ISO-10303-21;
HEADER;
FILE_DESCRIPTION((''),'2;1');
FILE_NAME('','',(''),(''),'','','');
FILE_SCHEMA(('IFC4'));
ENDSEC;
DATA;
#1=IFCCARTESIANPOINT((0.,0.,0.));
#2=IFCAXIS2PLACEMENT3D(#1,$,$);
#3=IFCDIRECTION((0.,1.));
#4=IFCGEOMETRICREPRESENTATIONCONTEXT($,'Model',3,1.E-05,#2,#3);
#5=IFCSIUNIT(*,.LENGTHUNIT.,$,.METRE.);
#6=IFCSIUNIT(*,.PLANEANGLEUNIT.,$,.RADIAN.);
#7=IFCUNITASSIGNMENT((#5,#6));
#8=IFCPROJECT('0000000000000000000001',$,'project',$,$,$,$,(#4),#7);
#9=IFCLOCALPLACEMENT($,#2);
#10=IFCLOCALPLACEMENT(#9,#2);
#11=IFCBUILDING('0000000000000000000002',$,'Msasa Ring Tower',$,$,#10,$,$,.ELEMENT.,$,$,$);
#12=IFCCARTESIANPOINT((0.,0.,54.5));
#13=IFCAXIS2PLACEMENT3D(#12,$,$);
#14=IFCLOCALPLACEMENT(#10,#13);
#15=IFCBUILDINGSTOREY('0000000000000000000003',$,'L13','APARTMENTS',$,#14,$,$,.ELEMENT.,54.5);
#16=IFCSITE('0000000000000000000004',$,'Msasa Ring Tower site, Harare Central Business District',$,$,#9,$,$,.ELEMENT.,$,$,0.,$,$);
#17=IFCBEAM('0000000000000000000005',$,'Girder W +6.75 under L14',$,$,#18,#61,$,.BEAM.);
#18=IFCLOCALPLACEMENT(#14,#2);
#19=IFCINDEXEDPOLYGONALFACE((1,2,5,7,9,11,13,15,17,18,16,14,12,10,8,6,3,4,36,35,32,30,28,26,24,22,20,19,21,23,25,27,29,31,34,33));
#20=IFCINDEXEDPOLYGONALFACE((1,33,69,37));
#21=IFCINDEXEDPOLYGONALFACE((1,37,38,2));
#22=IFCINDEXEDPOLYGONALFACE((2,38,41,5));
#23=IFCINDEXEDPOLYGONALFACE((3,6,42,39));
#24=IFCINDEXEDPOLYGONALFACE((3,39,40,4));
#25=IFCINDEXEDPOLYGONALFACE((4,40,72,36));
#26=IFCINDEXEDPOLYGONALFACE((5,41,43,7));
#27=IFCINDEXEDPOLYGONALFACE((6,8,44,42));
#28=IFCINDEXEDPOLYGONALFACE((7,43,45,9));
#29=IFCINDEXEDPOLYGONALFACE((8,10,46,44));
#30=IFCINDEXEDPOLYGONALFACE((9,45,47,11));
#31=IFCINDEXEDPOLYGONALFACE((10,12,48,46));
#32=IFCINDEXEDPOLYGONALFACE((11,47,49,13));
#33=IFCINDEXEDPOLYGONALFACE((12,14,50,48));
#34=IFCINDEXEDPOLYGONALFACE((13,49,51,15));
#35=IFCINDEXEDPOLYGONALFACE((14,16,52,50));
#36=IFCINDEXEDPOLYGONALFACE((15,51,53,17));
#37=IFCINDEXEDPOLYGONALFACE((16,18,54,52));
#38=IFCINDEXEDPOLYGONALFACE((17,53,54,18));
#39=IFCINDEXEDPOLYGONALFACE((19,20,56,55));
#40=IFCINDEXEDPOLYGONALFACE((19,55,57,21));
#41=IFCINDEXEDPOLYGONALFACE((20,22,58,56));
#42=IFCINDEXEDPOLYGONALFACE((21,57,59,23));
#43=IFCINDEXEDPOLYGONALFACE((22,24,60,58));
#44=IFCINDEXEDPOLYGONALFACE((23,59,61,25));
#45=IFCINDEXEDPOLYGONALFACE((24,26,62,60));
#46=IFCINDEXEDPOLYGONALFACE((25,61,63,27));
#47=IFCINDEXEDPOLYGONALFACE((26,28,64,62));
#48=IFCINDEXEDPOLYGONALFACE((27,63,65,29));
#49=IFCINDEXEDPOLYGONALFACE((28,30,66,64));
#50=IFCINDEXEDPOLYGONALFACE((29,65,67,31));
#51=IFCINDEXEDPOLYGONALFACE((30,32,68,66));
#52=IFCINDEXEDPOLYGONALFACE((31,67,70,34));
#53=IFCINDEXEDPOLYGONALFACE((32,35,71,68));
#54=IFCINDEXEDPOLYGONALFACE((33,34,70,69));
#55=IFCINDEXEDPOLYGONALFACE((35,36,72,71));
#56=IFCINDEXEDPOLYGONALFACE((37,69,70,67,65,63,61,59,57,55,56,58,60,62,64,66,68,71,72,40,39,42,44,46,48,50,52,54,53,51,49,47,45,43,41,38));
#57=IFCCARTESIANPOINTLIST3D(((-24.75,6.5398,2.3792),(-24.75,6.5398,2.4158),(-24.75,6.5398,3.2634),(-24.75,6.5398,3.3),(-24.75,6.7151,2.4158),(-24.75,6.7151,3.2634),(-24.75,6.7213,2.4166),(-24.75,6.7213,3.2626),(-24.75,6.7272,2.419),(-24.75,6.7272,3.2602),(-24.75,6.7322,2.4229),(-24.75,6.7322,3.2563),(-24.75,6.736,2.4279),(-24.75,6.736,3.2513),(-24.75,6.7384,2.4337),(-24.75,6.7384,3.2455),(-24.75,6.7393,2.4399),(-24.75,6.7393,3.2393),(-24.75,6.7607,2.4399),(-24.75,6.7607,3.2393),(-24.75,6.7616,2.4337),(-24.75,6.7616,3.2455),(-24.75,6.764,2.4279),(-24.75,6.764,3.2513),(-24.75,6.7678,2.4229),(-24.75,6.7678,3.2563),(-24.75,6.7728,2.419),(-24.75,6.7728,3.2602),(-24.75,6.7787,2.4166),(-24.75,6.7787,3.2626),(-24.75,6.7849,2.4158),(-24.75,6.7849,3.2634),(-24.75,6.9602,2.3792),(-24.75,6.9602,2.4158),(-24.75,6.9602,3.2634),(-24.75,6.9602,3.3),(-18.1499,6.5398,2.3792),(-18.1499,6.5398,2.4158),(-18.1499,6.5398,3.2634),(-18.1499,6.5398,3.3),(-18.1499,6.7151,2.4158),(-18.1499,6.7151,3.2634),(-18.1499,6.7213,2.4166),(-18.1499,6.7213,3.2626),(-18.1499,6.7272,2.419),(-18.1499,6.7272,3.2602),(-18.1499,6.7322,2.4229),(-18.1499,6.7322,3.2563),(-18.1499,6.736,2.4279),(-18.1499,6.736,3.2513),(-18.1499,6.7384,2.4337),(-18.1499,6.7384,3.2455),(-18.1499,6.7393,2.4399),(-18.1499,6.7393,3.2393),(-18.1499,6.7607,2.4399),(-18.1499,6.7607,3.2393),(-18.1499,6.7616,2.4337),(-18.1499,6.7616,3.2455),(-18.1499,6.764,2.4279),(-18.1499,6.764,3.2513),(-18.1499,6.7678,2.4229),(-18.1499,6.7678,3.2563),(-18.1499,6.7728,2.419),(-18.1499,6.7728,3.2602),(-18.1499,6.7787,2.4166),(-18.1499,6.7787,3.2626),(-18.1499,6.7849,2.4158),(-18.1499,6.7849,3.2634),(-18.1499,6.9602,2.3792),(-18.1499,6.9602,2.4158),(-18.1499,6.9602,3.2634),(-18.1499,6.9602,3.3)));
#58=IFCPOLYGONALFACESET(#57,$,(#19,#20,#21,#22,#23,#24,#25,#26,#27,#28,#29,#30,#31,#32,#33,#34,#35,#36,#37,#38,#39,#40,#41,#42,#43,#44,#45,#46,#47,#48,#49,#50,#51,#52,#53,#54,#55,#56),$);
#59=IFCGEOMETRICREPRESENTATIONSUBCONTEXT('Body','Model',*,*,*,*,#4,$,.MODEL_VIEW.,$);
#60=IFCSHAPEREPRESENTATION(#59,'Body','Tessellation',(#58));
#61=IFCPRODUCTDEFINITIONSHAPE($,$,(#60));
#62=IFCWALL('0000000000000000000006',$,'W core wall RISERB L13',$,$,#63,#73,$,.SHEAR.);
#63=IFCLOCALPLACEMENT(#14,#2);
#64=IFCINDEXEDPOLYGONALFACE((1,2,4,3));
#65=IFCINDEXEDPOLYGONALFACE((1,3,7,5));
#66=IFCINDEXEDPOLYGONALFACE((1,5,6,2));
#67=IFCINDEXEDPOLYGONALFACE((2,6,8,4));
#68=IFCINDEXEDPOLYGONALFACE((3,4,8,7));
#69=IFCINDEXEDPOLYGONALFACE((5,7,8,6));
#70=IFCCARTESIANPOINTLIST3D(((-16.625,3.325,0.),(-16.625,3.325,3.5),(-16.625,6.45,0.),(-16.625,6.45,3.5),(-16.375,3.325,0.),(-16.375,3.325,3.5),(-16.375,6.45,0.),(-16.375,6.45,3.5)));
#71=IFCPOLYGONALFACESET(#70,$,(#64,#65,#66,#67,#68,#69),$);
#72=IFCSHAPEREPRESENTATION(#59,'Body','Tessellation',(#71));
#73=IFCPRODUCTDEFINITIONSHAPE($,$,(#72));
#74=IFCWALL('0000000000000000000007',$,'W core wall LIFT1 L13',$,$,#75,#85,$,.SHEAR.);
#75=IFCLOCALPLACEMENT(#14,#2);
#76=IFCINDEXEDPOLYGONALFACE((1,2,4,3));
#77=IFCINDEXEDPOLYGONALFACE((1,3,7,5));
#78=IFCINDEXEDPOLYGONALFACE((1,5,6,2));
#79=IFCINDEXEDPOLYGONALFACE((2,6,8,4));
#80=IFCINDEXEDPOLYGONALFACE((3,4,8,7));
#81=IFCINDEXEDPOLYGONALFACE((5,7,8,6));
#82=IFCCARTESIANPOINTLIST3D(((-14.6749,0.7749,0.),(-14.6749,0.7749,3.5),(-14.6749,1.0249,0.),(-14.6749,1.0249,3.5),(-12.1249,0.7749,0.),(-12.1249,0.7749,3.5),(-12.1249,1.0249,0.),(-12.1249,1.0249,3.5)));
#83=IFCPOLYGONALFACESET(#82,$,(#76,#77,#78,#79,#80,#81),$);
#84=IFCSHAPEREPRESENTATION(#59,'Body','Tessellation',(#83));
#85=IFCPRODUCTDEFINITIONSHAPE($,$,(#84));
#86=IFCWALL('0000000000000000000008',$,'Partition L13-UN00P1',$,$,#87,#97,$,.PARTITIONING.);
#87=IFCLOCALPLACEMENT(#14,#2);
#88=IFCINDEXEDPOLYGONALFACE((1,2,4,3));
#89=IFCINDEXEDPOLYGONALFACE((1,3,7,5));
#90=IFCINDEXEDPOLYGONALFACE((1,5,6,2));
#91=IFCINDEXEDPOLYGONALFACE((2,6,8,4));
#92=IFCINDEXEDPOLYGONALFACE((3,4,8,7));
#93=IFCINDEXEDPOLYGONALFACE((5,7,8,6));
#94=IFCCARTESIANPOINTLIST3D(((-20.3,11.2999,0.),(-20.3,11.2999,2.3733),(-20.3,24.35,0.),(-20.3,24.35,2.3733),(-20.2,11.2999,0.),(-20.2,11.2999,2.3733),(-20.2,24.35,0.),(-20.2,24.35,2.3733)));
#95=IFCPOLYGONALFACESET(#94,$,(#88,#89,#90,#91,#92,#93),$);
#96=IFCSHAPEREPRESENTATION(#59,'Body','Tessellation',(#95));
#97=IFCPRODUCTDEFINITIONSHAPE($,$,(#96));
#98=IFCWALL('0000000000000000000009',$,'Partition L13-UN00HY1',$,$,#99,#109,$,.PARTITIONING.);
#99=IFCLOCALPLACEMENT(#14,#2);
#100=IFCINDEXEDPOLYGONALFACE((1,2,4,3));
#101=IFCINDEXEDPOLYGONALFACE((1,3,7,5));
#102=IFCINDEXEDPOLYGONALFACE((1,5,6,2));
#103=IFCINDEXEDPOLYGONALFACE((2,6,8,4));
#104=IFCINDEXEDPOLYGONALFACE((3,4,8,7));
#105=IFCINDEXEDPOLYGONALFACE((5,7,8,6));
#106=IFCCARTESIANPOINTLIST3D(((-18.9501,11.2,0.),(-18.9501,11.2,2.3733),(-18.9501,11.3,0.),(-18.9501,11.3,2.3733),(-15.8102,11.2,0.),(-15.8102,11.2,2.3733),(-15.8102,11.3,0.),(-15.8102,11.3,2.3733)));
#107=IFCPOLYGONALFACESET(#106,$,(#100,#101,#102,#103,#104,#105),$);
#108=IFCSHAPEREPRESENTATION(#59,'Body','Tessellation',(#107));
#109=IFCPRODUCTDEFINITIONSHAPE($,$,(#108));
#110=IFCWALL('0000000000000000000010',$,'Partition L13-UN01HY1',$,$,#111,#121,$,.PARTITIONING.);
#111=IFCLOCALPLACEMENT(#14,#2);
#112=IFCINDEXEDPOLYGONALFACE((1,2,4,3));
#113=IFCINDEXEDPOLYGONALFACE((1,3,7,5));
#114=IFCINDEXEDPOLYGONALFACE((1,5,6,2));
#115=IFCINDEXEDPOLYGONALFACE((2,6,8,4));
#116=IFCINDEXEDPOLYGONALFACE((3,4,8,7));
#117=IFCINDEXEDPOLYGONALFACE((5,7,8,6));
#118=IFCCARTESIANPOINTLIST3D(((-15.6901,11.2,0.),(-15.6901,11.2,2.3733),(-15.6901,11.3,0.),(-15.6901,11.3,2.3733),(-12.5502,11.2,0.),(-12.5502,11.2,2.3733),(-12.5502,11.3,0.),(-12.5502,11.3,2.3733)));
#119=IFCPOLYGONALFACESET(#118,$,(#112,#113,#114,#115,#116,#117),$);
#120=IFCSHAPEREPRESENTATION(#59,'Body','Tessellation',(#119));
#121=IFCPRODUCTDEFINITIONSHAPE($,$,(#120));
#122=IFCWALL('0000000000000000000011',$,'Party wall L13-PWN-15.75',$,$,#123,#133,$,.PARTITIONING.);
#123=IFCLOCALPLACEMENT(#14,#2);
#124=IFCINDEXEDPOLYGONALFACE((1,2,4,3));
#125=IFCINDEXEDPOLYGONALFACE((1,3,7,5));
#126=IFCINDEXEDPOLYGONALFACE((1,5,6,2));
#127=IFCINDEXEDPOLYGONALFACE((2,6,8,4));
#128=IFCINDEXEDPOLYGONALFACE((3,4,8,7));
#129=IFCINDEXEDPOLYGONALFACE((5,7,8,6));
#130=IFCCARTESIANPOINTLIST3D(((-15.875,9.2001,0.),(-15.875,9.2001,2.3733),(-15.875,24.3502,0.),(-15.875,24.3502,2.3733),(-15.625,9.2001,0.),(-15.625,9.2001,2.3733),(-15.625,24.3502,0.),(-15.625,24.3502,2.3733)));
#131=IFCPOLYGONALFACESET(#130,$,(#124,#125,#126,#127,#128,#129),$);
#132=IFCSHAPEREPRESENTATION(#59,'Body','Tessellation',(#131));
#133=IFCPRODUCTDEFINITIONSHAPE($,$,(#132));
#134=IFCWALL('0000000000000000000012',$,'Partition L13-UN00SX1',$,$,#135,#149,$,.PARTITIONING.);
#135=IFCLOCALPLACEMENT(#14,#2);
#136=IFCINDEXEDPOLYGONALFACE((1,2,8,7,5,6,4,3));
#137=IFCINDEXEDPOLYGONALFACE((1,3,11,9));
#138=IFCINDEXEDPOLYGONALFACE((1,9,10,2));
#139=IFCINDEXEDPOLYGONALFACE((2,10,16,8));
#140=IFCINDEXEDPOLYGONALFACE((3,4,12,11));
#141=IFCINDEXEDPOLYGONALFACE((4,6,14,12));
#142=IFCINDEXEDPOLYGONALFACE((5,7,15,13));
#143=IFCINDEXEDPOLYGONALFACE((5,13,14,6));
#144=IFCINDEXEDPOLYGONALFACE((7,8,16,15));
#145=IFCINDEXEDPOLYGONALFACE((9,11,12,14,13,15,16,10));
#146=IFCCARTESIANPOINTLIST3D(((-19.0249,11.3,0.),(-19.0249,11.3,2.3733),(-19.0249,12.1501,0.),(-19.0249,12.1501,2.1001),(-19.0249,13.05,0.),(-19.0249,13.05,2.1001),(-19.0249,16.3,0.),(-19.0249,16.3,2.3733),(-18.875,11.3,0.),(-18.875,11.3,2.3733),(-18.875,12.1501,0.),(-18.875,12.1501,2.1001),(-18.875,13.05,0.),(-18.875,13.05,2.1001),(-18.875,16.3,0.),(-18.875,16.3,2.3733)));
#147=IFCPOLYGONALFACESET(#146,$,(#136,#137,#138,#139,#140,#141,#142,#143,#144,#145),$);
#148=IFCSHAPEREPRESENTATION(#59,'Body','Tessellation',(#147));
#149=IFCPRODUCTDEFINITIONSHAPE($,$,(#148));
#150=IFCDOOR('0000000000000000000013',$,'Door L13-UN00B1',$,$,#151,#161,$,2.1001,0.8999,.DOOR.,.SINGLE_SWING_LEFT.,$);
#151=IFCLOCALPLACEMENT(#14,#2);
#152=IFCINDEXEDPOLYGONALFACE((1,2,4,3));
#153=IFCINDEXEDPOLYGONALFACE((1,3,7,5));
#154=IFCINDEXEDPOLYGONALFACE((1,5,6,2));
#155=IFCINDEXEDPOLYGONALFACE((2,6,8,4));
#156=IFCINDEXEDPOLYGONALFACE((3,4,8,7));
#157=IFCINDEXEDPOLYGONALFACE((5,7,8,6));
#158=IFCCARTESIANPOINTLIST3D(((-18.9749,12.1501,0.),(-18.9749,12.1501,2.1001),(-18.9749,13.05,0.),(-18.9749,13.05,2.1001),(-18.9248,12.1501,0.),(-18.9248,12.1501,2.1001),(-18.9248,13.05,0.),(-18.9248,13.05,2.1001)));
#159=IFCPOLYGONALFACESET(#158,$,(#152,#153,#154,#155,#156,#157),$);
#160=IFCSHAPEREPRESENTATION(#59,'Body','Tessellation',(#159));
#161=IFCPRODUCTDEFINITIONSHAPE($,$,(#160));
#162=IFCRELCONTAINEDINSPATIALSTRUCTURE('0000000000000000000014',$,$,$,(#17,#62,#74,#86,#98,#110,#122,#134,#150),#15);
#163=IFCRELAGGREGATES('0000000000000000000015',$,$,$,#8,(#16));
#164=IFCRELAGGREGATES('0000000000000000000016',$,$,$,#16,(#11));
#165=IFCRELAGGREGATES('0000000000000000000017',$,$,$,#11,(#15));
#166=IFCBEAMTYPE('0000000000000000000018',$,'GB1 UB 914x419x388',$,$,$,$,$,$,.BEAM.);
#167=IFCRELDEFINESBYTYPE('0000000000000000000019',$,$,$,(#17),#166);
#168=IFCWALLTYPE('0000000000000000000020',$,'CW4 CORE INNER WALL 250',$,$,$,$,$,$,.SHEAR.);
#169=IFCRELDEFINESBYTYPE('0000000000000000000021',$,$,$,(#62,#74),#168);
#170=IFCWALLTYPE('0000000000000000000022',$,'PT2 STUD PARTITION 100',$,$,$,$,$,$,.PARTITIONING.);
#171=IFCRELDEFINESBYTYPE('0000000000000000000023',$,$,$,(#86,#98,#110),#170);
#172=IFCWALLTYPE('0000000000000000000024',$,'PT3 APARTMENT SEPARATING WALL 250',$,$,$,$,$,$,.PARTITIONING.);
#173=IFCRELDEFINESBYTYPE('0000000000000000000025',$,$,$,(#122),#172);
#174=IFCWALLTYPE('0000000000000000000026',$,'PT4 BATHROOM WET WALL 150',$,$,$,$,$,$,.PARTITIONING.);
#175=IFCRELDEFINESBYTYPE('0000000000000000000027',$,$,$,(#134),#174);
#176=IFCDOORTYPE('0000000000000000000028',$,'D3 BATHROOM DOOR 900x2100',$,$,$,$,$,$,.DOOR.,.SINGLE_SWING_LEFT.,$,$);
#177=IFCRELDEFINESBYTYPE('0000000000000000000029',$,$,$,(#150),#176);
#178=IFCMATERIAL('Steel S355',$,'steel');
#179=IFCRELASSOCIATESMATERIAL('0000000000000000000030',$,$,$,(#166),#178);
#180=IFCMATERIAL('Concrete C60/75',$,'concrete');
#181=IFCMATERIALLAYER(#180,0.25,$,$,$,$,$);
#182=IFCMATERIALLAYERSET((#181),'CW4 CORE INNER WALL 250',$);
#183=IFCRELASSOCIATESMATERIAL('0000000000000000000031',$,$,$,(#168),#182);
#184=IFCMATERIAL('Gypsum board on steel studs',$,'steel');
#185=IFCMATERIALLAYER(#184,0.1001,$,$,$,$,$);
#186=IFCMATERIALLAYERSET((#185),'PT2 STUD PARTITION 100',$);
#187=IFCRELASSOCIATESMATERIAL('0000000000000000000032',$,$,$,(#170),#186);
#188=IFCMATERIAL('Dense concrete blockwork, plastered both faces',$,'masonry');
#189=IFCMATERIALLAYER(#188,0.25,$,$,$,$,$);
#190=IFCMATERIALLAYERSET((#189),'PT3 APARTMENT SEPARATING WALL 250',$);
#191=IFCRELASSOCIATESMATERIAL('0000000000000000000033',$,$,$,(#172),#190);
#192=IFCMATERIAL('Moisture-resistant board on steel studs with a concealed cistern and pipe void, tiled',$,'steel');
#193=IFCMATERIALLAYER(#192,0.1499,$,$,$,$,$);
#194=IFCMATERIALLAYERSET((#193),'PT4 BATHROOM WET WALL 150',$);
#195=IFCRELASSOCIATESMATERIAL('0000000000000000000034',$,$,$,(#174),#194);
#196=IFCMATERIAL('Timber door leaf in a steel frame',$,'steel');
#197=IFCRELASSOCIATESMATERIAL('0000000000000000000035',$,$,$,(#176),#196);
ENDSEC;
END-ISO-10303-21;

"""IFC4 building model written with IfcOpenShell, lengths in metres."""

from ifc_helpers import new_model, si_unit, direction, frame, frame_2d, origin, origin_2d, place, context, subcontext, project, spatial, rectangle, i_section, extrude, material, layer, layer_set, material_profile, profile_set, type_object, element, fill, save


model = new_model("IFC4")

# Units and contexts
model_context = context("Model", 3, precision=1e-05, world=origin(), true_north=direction((0.0, 1.0)))
body_context = subcontext(model_context, "Body", "Model", "MODEL_VIEW")
ifc_project = project(units=[si_unit("LENGTHUNIT", "METRE"), si_unit("PLANEANGLEUNIT", "RADIAN")], contexts=[model_context])

# Site, building, storey
site_placement = place(None, origin())
site = spatial("IfcSite", under=ifc_project, at=site_placement, Name="Msasa Ring Tower site, Harare Central Business District", CompositionType="ELEMENT", RefElevation=0.0)
building_placement = place(site_placement, origin())
building = spatial("IfcBuilding", under=site, at=building_placement, Name="Msasa Ring Tower", CompositionType="ELEMENT")
storey_placement = place(building_placement, frame((0.0, 0.0, 54.5)))
storey = spatial("IfcBuildingStorey", under=building, at=storey_placement, Name="L13", Description="APARTMENTS", CompositionType="ELEMENT", Elevation=54.5)

# Beam
ifc_material_1 = material(Name="Steel S355", Category="steel")
ifc_material_profile = material_profile(ifc_material_1, i_section(OverallWidth=0.4204, OverallDepth=0.9209, WebThickness=0.0215, FlangeThickness=0.0366, FilletRadius=0.0242, at=origin_2d()), Name="UB 914x419x388")
ifc_profile_set = profile_set([ifc_material_profile], Name="Steel S355")
beam_type = type_object("IfcBeamType", Name="GB1 UB 914x419x388", PredefinedType="BEAM", material=ifc_profile_set)
beam_placement = place(storey_placement, frame((-18.1499, 6.75, 2.8396), z_axis=(-1.0, 0.0, 0.0), x_axis=(0.0, -1.0, 0.0)))
element("IfcBeam", 1, at=beam_placement, inside=storey, type_object=beam_type, Name="Girder W +6.75 under L14", PredefinedType="BEAM", context=body_context, shape_type="SweptSolid", body=[
    extrude(i_section(OverallWidth=0.4204, OverallDepth=0.9209, WebThickness=0.0215, FlangeThickness=0.0366, FilletRadius=0.0242, at=origin_2d()), origin(), (0.0, 0.0, 1.0), 6.6001),
])

# Walls
ifc_material_2 = material(Name="Concrete C60/75", Category="concrete")
ifc_layer_1 = layer(ifc_material_2, 0.25)
ifc_layer_set_1 = layer_set([ifc_layer_1], Name="CW4 CORE INNER WALL 250")
wall_type_1 = type_object("IfcWallType", Name="CW4 CORE INNER WALL 250", PredefinedType="SHEAR", material=ifc_layer_set_1)
wall_1_placement = place(storey_placement, frame((-16.5, 3.325, 0.0), z_axis=(0.0, 0.0, 1.0), x_axis=(0.0, 1.0, 0.0)))
element("IfcWall", 2, at=wall_1_placement, inside=storey, type_object=wall_type_1, Name="W core wall RISERB L13", PredefinedType="SHEAR", context=body_context, shape_type="SweptSolid", body=[
    extrude(rectangle(XDim=3.125, YDim=0.25, at=frame_2d((1.5625, 0.0))), origin(), (0.0, 0.0, 1.0), 3.5),
])
wall_2_placement = place(storey_placement, frame((-12.125, 0.8999, 0.0), z_axis=(0.0, 0.0, 1.0), x_axis=(-1.0, 0.0, 0.0)))
element("IfcWall", 3, at=wall_2_placement, inside=storey, type_object=wall_type_1, Name="W core wall LIFT1 L13", PredefinedType="SHEAR", context=body_context, shape_type="SweptSolid", body=[
    extrude(rectangle(XDim=2.55, YDim=0.25, at=frame_2d((1.2749, 0.0))), origin(), (0.0, 0.0, 1.0), 3.5),
])
ifc_material_3 = material(Name="Gypsum board on steel studs", Category="steel")
ifc_layer_2 = layer(ifc_material_3, 0.1001)
ifc_layer_set_2 = layer_set([ifc_layer_2], Name="PT2 STUD PARTITION 100")
wall_type_2 = type_object("IfcWallType", Name="PT2 STUD PARTITION 100", PredefinedType="PARTITIONING", material=ifc_layer_set_2)
wall_3_placement = place(storey_placement, frame((-20.25, 11.3, 0.0), z_axis=(0.0, 0.0, 1.0), x_axis=(0.0, 1.0, 0.0)))
element("IfcWall", 4, at=wall_3_placement, inside=storey, type_object=wall_type_2, Name="Partition L13-UN00P1", PredefinedType="PARTITIONING", context=body_context, shape_type="SweptSolid", body=[
    extrude(rectangle(XDim=13.05, YDim=0.1001, at=frame_2d((6.5249, 0.0))), origin(), (0.0, 0.0, 1.0), 2.3733),
])
for number, where, z_axis, x_axis, name in (
    (5, (-18.95, 11.25, 0.0), (0.0, 0.0, 1.0), (1.0, 0.0, 0.0), "Partition L13-UN00HY1"),
    (6, (-15.6899, 11.25, 0.0), (0.0, 0.0, 1.0), (1.0, 0.0, 0.0), "Partition L13-UN01HY1"),
):
    element("IfcWall", number, at=place(storey_placement, frame(where, z_axis=z_axis, x_axis=x_axis)), inside=storey, type_object=wall_type_2, Name=name, PredefinedType="PARTITIONING", context=body_context, shape_type="SweptSolid", body=[
        extrude(rectangle(XDim=3.1399, YDim=0.1001, at=frame_2d((1.5698, 0.0))), origin(), (0.0, 0.0, 1.0), 2.3733),
    ])
ifc_material_4 = material(Name="Dense concrete blockwork, plastered both faces", Category="masonry")
ifc_layer_3 = layer(ifc_material_4, 0.25)
ifc_layer_set_3 = layer_set([ifc_layer_3], Name="PT3 APARTMENT SEPARATING WALL 250")
wall_type_3 = type_object("IfcWallType", Name="PT3 APARTMENT SEPARATING WALL 250", PredefinedType="PARTITIONING", material=ifc_layer_set_3)
wall_4_placement = place(storey_placement, frame((-15.75, 9.2, 0.0), z_axis=(0.0, 0.0, 1.0), x_axis=(0.0, 1.0, 0.0)))
element("IfcWall", 7, at=wall_4_placement, inside=storey, type_object=wall_type_3, Name="Party wall L13-PWN-15.75", PredefinedType="PARTITIONING", context=body_context, shape_type="SweptSolid", body=[
    extrude(rectangle(XDim=15.1501, YDim=0.25, at=frame_2d((7.5752, 0.0))), origin(), (0.0, 0.0, 1.0), 2.3733),
])

# Wall, opening, door
ifc_material_5 = material(Name="Moisture-resistant board on steel studs with a concealed cistern and pipe void, tiled", Category="steel")
ifc_layer_4 = layer(ifc_material_5, 0.1499)
ifc_layer_set_4 = layer_set([ifc_layer_4], Name="PT4 BATHROOM WET WALL 150")
wall_type_4 = type_object("IfcWallType", Name="PT4 BATHROOM WET WALL 150", PredefinedType="PARTITIONING", material=ifc_layer_set_4)
wall_5_placement = place(storey_placement, frame((-18.95, 11.3, 0.0), z_axis=(0.0, 0.0, 1.0), x_axis=(0.0, 1.0, 0.0)))
wall_5 = element("IfcWall", 8, at=wall_5_placement, inside=storey, type_object=wall_type_4, Name="Partition L13-UN00SX1", PredefinedType="PARTITIONING", context=body_context, shape_type="SweptSolid", body=[
    extrude(rectangle(XDim=5.0, YDim=0.1499, at=frame_2d((2.5, 0.0))), origin(), (0.0, 0.0, 1.0), 2.3733),
])
opening_1_placement = place(wall_5_placement, frame((0.8501, 0.0, 0.0)))
opening_1 = element("IfcOpeningElement", 9, at=opening_1_placement, cuts=wall_5, PredefinedType="OPENING", context=body_context, shape_type="SweptSolid", body=[
    extrude(rectangle(XDim=0.8999, YDim=2.1001, at=frame_2d((0.45, 1.05))), frame((0.0, 0.085, 0.0), z_axis=(0.0, -1.0, 0.0), x_axis=(1.0, 0.0, 0.0)), (0.0, 0.0, 1.0), 0.1699),
])
ifc_material_6 = material(Name="Timber door leaf in a steel frame", Category="steel")
door_type = type_object("IfcDoorType", Name="D3 BATHROOM DOOR 900x2100", OperationType="SINGLE_SWING_LEFT", PredefinedType="DOOR", material=ifc_material_6)
door_1_placement = place(opening_1_placement, origin())
door_1 = element("IfcDoor", 10, at=door_1_placement, inside=storey, type_object=door_type, Name="Door L13-UN00B1", OperationType="SINGLE_SWING_LEFT", OverallHeight=2.1001, OverallWidth=0.8999, PredefinedType="DOOR", context=body_context, shape_type="SweptSolid", body=[
    extrude(rectangle(XDim=0.8999, YDim=2.1001, at=frame_2d((0.45, 1.05))), frame((0.0, 0.0249, 0.0), z_axis=(0.0, -1.0, 0.0), x_axis=(1.0, 0.0, 0.0)), (0.0, 0.0, 1.0), 0.05),
])
fill(opening_1, door_1)

save(model, "model.ifc")
